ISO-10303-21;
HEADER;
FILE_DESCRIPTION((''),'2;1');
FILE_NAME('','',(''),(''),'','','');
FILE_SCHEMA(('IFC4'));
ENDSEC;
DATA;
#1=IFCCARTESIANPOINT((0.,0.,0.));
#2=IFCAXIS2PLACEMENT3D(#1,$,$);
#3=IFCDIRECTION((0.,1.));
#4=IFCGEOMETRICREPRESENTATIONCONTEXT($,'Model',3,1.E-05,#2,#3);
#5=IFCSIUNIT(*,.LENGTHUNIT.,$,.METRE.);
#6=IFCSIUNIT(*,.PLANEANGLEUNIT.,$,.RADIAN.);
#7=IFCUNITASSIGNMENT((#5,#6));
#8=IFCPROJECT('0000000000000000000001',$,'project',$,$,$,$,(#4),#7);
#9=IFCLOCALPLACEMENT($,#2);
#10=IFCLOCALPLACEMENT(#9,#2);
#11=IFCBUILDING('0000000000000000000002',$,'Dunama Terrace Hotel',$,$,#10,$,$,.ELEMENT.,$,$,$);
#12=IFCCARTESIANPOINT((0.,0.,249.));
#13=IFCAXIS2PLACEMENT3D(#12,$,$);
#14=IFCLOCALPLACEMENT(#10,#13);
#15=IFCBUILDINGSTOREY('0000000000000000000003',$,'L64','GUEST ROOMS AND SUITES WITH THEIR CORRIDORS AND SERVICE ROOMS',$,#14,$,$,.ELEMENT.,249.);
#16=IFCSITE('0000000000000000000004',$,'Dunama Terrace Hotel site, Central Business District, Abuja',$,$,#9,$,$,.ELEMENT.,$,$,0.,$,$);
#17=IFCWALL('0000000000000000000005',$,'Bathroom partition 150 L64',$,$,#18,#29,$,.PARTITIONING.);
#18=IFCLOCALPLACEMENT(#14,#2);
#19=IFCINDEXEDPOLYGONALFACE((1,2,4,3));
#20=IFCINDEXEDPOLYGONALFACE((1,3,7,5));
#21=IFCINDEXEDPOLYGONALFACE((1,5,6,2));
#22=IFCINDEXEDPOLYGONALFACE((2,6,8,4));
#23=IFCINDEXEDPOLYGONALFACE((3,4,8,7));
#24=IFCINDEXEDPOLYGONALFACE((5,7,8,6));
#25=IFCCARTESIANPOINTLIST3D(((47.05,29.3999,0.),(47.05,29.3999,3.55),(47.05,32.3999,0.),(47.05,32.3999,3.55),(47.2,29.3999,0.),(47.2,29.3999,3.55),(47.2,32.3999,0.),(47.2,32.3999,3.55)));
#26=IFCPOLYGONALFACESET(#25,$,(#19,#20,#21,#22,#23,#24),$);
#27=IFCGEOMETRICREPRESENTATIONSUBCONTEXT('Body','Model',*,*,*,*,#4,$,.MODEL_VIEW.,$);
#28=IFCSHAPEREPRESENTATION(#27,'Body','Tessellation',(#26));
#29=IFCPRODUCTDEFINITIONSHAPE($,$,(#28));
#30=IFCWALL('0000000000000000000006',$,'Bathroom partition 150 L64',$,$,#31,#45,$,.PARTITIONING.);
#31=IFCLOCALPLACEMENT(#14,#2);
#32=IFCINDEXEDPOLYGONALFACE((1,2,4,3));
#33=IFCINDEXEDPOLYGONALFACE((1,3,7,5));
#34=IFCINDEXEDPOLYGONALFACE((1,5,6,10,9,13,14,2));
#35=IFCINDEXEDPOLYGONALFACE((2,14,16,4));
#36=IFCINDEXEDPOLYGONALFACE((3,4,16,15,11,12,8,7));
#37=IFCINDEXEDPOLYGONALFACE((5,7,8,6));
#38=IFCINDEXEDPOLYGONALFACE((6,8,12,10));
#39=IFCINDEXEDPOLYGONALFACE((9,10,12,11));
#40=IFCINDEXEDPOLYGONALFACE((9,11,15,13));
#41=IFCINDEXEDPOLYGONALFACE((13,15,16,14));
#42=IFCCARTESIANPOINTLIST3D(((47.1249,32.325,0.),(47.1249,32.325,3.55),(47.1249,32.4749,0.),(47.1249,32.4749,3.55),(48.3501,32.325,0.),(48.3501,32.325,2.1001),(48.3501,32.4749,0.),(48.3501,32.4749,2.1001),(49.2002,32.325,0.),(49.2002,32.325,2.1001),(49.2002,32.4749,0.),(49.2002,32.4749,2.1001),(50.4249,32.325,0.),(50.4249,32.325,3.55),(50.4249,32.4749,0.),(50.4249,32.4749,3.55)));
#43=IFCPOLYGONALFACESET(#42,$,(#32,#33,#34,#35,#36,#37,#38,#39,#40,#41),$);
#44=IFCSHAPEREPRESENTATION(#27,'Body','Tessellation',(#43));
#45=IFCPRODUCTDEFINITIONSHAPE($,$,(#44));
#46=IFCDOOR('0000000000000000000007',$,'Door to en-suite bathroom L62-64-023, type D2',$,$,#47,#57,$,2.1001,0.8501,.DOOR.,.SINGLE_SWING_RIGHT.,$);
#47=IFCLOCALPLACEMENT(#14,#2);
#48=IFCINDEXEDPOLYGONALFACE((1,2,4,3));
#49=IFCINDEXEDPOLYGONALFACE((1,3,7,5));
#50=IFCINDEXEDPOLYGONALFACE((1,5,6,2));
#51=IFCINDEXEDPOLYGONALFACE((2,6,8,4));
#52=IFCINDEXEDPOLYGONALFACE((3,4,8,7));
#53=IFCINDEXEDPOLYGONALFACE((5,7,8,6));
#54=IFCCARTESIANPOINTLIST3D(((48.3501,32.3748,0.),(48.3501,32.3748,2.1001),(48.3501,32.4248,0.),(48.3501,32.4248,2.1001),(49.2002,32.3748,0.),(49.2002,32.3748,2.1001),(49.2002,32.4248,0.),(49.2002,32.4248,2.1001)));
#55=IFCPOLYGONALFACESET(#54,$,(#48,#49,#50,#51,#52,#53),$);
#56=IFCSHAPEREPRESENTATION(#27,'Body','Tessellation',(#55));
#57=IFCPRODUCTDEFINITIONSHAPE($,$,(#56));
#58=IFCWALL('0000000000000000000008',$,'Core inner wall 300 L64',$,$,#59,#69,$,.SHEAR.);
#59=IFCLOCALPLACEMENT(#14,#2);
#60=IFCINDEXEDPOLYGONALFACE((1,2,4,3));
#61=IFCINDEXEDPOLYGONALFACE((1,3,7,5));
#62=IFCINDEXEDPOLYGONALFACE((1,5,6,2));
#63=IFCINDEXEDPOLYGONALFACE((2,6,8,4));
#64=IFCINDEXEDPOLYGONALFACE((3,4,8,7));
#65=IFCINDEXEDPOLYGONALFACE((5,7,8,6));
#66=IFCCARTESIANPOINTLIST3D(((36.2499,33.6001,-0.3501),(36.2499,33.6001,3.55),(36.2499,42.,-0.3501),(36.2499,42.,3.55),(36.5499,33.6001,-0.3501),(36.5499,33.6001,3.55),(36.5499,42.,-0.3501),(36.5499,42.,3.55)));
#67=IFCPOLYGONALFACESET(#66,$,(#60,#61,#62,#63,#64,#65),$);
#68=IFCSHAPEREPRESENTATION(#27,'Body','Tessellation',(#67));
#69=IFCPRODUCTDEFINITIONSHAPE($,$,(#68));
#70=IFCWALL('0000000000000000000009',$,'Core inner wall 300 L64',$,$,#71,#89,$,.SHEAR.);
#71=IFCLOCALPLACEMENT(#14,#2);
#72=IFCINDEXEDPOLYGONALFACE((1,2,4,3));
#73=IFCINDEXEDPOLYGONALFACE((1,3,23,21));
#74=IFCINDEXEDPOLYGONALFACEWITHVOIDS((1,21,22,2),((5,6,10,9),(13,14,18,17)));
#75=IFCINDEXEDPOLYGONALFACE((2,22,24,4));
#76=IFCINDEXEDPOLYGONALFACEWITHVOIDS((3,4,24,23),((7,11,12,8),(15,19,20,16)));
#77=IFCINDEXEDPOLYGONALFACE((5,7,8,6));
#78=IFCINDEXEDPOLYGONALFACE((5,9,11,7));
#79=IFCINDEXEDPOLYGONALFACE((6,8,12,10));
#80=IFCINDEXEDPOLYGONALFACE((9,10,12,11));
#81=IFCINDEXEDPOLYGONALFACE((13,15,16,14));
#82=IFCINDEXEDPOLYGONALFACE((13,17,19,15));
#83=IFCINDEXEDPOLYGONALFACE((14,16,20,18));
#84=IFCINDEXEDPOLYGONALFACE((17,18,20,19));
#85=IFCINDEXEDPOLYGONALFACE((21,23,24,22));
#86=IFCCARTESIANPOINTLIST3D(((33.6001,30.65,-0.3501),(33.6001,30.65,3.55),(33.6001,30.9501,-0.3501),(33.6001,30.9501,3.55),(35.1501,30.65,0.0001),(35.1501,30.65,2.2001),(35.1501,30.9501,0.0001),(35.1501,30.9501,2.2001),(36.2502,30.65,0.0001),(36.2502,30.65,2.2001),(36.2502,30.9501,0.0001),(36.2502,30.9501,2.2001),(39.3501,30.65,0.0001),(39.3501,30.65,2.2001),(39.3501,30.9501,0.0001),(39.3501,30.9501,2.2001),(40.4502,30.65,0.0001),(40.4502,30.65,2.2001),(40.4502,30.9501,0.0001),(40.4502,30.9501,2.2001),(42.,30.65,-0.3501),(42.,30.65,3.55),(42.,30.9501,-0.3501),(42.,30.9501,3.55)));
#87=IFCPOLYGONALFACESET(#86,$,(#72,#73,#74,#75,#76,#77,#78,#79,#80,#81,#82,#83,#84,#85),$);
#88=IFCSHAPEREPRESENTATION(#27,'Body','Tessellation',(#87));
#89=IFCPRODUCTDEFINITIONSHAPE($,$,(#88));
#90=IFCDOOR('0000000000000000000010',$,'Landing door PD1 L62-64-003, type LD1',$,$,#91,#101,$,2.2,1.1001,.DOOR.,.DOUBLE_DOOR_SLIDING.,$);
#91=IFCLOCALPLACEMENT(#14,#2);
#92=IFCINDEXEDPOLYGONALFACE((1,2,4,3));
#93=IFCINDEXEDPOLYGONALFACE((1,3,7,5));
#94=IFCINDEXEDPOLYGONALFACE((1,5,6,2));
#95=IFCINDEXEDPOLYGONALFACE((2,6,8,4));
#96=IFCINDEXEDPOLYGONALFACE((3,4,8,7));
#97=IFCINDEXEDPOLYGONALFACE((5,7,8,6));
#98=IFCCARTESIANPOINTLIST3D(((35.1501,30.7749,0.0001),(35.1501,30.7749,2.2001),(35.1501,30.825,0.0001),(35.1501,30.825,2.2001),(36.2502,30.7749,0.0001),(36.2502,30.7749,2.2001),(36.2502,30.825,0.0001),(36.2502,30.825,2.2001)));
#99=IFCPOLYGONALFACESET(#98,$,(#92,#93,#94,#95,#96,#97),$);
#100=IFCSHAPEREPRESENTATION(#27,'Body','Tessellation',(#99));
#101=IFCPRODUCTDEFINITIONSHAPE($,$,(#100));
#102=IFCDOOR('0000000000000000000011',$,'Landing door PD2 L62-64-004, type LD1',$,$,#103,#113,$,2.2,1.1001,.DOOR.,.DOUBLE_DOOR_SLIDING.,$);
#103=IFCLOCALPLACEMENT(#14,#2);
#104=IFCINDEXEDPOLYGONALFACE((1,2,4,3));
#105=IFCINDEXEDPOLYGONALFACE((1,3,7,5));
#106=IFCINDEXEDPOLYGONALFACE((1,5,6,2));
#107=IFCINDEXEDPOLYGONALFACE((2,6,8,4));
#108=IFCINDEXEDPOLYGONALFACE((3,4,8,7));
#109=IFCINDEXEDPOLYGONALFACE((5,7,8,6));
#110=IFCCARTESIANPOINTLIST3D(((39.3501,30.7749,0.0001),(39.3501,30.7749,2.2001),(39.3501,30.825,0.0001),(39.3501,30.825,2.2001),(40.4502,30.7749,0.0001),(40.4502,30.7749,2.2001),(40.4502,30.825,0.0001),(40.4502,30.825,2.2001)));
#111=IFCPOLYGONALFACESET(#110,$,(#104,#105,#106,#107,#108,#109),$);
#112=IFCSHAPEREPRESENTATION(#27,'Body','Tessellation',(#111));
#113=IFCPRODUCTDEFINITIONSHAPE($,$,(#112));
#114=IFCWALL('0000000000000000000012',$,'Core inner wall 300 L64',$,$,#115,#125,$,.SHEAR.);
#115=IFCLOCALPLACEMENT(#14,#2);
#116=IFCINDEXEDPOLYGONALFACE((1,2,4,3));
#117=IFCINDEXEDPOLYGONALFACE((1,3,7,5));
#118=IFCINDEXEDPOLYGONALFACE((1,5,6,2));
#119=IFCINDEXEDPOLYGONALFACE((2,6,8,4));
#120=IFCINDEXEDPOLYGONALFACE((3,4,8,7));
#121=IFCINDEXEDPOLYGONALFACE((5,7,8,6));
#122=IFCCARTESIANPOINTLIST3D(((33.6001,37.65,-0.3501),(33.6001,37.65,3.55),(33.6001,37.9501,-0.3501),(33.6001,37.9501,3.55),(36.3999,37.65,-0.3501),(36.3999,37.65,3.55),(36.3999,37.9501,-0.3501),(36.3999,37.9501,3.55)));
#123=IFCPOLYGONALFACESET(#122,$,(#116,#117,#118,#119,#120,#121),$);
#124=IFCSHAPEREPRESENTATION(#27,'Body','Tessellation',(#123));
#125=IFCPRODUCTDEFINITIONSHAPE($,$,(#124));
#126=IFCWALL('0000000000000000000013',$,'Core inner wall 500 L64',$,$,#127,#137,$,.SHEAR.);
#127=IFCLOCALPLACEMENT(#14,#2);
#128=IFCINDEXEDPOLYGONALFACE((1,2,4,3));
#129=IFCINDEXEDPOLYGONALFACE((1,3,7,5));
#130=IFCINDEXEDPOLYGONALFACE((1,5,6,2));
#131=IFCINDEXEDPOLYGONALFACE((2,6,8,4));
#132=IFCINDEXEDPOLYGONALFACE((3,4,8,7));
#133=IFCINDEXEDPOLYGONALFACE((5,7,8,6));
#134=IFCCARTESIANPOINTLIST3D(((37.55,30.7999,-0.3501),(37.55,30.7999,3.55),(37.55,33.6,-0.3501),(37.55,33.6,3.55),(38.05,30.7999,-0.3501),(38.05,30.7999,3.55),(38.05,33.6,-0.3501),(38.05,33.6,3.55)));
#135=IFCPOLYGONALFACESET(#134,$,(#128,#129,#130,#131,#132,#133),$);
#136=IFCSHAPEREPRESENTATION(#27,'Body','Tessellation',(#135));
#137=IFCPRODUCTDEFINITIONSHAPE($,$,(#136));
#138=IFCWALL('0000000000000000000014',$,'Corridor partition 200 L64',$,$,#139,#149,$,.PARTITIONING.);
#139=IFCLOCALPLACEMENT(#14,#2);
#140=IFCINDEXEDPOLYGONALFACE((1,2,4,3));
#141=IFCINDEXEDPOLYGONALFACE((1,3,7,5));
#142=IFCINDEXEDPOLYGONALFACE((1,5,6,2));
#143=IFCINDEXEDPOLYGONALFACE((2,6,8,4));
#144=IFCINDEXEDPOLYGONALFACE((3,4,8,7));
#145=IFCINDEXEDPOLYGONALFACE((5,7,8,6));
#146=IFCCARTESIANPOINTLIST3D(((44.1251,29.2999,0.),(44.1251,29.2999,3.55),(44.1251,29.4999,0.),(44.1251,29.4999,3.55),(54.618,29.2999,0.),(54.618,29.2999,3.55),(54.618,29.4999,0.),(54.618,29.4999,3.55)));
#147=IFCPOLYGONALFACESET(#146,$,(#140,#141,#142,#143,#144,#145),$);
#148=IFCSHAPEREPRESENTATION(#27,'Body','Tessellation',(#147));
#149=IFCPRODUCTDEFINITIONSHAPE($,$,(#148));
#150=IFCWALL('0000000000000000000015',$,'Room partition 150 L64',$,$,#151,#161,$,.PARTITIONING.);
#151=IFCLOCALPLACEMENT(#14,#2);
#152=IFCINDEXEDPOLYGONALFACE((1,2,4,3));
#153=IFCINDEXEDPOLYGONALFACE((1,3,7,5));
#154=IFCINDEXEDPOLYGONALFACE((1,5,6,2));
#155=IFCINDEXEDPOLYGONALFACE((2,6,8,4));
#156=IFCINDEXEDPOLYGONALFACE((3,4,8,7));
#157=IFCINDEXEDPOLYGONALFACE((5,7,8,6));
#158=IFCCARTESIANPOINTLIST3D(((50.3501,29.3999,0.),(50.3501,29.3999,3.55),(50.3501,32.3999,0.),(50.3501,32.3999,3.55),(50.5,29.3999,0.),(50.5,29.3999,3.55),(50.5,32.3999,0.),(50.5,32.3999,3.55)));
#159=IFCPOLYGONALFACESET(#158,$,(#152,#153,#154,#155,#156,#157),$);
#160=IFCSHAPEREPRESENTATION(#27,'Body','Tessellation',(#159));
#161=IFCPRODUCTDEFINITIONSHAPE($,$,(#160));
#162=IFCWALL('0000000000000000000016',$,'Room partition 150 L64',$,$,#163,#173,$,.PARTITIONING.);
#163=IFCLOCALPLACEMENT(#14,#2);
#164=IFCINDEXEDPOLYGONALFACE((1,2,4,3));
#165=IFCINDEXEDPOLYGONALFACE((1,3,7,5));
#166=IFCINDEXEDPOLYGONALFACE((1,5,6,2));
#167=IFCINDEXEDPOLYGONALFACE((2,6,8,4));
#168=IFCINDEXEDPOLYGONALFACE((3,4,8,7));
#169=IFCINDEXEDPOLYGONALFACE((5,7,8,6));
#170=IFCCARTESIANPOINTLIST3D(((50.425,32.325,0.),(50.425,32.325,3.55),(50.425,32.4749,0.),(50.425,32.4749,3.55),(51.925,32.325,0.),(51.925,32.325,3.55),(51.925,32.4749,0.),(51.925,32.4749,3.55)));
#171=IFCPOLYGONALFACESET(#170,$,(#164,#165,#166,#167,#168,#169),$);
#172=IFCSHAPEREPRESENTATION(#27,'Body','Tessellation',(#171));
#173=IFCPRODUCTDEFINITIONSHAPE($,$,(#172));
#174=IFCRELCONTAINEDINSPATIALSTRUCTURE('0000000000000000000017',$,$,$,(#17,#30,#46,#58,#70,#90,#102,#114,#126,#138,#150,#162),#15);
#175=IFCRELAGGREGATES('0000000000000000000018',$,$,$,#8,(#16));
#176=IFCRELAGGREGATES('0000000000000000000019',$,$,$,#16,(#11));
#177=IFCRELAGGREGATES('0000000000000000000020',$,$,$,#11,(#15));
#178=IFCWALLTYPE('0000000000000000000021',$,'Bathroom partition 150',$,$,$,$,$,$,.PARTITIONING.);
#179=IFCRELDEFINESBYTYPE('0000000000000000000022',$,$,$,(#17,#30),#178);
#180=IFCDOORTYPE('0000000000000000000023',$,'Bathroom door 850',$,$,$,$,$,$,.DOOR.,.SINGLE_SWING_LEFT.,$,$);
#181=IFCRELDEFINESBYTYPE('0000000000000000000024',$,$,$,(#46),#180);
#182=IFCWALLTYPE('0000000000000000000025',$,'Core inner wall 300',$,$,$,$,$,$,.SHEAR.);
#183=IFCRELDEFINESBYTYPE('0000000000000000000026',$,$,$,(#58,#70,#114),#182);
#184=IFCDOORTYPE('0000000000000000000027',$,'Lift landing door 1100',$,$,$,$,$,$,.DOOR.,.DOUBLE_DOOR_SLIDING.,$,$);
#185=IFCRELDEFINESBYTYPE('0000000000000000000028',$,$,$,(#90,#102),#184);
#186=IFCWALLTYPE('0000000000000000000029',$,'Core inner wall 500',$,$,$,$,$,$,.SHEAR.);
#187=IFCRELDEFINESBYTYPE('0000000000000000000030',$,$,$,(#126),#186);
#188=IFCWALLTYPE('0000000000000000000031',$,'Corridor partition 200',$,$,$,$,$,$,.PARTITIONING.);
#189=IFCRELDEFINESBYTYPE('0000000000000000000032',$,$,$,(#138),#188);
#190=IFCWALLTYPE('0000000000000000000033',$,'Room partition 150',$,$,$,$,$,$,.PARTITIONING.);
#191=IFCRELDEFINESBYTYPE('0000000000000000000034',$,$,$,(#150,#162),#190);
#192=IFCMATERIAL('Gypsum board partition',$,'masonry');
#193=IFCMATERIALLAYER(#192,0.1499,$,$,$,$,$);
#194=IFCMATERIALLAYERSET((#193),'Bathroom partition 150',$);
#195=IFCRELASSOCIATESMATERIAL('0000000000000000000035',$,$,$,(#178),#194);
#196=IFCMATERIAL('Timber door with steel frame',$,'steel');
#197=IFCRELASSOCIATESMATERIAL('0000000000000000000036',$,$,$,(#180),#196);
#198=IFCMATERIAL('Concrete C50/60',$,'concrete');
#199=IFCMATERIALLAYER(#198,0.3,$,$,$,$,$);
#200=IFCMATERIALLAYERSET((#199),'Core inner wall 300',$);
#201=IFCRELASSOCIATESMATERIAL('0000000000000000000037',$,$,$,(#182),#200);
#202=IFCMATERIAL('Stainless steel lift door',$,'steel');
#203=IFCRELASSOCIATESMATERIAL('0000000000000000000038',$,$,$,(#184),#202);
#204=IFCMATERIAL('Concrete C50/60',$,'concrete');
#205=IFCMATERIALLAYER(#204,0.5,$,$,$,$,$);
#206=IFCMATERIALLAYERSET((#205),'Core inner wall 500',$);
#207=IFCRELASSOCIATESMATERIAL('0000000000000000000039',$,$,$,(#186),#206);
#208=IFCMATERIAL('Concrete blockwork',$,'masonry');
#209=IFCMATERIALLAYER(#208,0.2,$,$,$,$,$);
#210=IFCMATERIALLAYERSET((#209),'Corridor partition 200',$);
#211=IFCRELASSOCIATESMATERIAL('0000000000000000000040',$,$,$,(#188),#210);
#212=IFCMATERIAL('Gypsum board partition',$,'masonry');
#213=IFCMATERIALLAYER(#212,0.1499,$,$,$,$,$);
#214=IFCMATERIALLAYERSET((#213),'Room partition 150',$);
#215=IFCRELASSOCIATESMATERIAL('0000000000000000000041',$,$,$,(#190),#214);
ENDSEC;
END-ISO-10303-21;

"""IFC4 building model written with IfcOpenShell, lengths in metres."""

from ifc_helpers import new_model, si_unit, direction, frame, frame_2d, origin, place, context, subcontext, project, spatial, rectangle, extrude, material, layer, layer_set, type_object, element, fill, save


model = new_model("IFC4")

# Units and contexts
model_context = context("Model", 3, precision=1e-05, world=origin(), true_north=direction((0.0, 1.0)))
body_context = subcontext(model_context, "Body", "Model", "MODEL_VIEW")
ifc_project = project(units=[si_unit("LENGTHUNIT", "METRE"), si_unit("PLANEANGLEUNIT", "RADIAN")], contexts=[model_context])

# Site, building, storey
site_placement = place(None, origin())
site = spatial("IfcSite", under=ifc_project, at=site_placement, Name="Dunama Terrace Hotel site, Central Business District, Abuja", CompositionType="ELEMENT", RefElevation=0.0)
building_placement = place(site_placement, origin())
building = spatial("IfcBuilding", under=site, at=building_placement, Name="Dunama Terrace Hotel", CompositionType="ELEMENT")
storey_placement = place(building_placement, frame((0.0, 0.0, 249.0)))
storey = spatial("IfcBuildingStorey", under=building, at=storey_placement, Name="L64", Description="GUEST ROOMS AND SUITES WITH THEIR CORRIDORS AND SERVICE ROOMS", CompositionType="ELEMENT", Elevation=249.0)

# Wall
ifc_material_1 = material(Name="Gypsum board partition", Category="masonry")
ifc_layer_1 = layer(ifc_material_1, 0.1499)
ifc_layer_set_1 = layer_set([ifc_layer_1], Name="Bathroom partition 150")
wall_type_1 = type_object("IfcWallType", Name="Bathroom partition 150", PredefinedType="PARTITIONING", material=ifc_layer_set_1)
wall_1_placement = place(storey_placement, frame((47.125, 29.3999, 0.0), z_axis=(0.0, 0.0, 1.0), x_axis=(0.0, 1.0, 0.0)))
element("IfcWall", 1, at=wall_1_placement, inside=storey, type_object=wall_type_1, Name="Bathroom partition 150 L64", PredefinedType="PARTITIONING", context=body_context, shape_type="SweptSolid", body=[
    extrude(rectangle(XDim=3.0, YDim=0.1499, at=frame_2d((1.5, 0.0))), origin(), (0.0, 0.0, 1.0), 3.55),
])

# Wall, opening, door
wall_2_placement = place(storey_placement, frame((47.125, 32.3999, 0.0), z_axis=(0.0, 0.0, 1.0), x_axis=(1.0, 0.0, 0.0)))
wall_2 = element("IfcWall", 2, at=wall_2_placement, inside=storey, type_object=wall_type_1, Name="Bathroom partition 150 L64", PredefinedType="PARTITIONING", context=body_context, shape_type="SweptSolid", body=[
    extrude(rectangle(XDim=3.3, YDim=0.1499, at=frame_2d((1.6499, 0.0))), origin(), (0.0, 0.0, 1.0), 3.55),
])
opening_1_placement = place(wall_2_placement, frame((1.2251, 0.0, 0.0)))
opening_1 = element("IfcOpeningElement", 3, at=opening_1_placement, cuts=wall_2, PredefinedType="OPENING", context=body_context, shape_type="SweptSolid", body=[
    extrude(rectangle(XDim=0.8501, YDim=2.1001, at=frame_2d((0.425, 1.05))), frame((0.0, 0.085, 0.0), z_axis=(0.0, -1.0, 0.0), x_axis=(1.0, 0.0, 0.0)), (0.0, 0.0, 1.0), 0.1699),
])
ifc_material_2 = material(Name="Timber door with steel frame", Category="steel")
door_type_1 = type_object("IfcDoorType", Name="Bathroom door 850", OperationType="SINGLE_SWING_LEFT", PredefinedType="DOOR", material=ifc_material_2)
door_1_placement = place(opening_1_placement, frame((0.8501, 0.0, 0.0), z_axis=(0.0, 0.0, 1.0), x_axis=(-1.0, 0.0, 0.0)))
door_1 = element("IfcDoor", 4, at=door_1_placement, inside=storey, type_object=door_type_1, Name="Door to en-suite bathroom L62-64-023, type D2", OperationType="SINGLE_SWING_RIGHT", OverallHeight=2.1001, OverallWidth=0.8501, PredefinedType="DOOR", context=body_context, shape_type="SweptSolid", body=[
    extrude(rectangle(XDim=0.8501, YDim=2.1001, at=frame_2d((0.425, 1.05))), frame((0.0, 0.0251, 0.0), z_axis=(0.0, -1.0, 0.0), x_axis=(1.0, 0.0, 0.0)), (0.0, 0.0, 1.0), 0.05),
])
fill(opening_1, door_1)

# Wall
ifc_material_3 = material(Name="Concrete C50/60", Category="concrete")
ifc_layer_2 = layer(ifc_material_3, 0.3)
ifc_layer_set_2 = layer_set([ifc_layer_2], Name="Core inner wall 300")
wall_type_2 = type_object("IfcWallType", Name="Core inner wall 300", PredefinedType="SHEAR", material=ifc_layer_set_2)
wall_3_placement = place(storey_placement, frame((36.3999, 33.6001, -0.3501), z_axis=(0.0, 0.0, 1.0), x_axis=(0.0, 1.0, 0.0)))
element("IfcWall", 5, at=wall_3_placement, inside=storey, type_object=wall_type_2, Name="Core inner wall 300 L64", PredefinedType="SHEAR", context=body_context, shape_type="SweptSolid", body=[
    extrude(rectangle(XDim=8.3999, YDim=0.3, at=frame_2d((4.2, 0.0))), origin(), (0.0, 0.0, 1.0), 3.9001),
])

# Wall, openings, doors
wall_4_placement = place(storey_placement, frame((33.6001, 30.8, -0.3501), z_axis=(0.0, 0.0, 1.0), x_axis=(1.0, 0.0, 0.0)))
wall_4 = element("IfcWall", 6, at=wall_4_placement, inside=storey, type_object=wall_type_2, Name="Core inner wall 300 L64", PredefinedType="SHEAR", context=body_context, shape_type="SweptSolid", body=[
    extrude(rectangle(XDim=8.3999, YDim=0.3, at=frame_2d((4.2, 0.0))), origin(), (0.0, 0.0, 1.0), 3.9001),
])
opening_2_placement = place(wall_4_placement, frame((1.55, 0.0, 0.3501)))
opening_2 = element("IfcOpeningElement", 7, at=opening_2_placement, cuts=wall_4, PredefinedType="OPENING", context=body_context, shape_type="SweptSolid", body=[
    extrude(rectangle(XDim=1.1001, YDim=2.2, at=frame_2d((0.55, 1.1001))), frame((0.0, 0.1599, 0.0), z_axis=(0.0, -1.0, 0.0), x_axis=(1.0, 0.0, 0.0)), (0.0, 0.0, 1.0), 0.3201),
])
opening_3_placement = place(wall_4_placement, frame((5.75, 0.0, 0.3501)))
opening_3 = element("IfcOpeningElement", 8, at=opening_3_placement, cuts=wall_4, PredefinedType="OPENING", context=body_context, shape_type="SweptSolid", body=[
    extrude(rectangle(XDim=1.1001, YDim=2.2, at=frame_2d((0.55, 1.1001))), frame((0.0, 0.1599, 0.0), z_axis=(0.0, -1.0, 0.0), x_axis=(1.0, 0.0, 0.0)), (0.0, 0.0, 1.0), 0.3201),
])
ifc_material_4 = material(Name="Stainless steel lift door", Category="steel")
door_type_2 = type_object("IfcDoorType", Name="Lift landing door 1100", OperationType="DOUBLE_DOOR_SLIDING", PredefinedType="DOOR", material=ifc_material_4)
door_2_placement = place(opening_2_placement, origin())
door_2 = element("IfcDoor", 9, at=door_2_placement, inside=storey, type_object=door_type_2, Name="Landing door PD1 L62-64-003, type LD1", OperationType="DOUBLE_DOOR_SLIDING", OverallHeight=2.2, OverallWidth=1.1001, PredefinedType="DOOR", context=body_context, shape_type="SweptSolid", body=[
    extrude(rectangle(XDim=1.1001, YDim=2.2, at=frame_2d((0.55, 1.1001))), frame((0.0, 0.0249, 0.0), z_axis=(0.0, -1.0, 0.0), x_axis=(1.0, 0.0, 0.0)), (0.0, 0.0, 1.0), 0.05),
])
fill(opening_2, door_2)
door_3_placement = place(opening_3_placement, origin())
door_3 = element("IfcDoor", 10, at=door_3_placement, inside=storey, type_object=door_type_2, Name="Landing door PD2 L62-64-004, type LD1", OperationType="DOUBLE_DOOR_SLIDING", OverallHeight=2.2, OverallWidth=1.1001, PredefinedType="DOOR", context=body_context, shape_type="SweptSolid", body=[
    extrude(rectangle(XDim=1.1001, YDim=2.2, at=frame_2d((0.55, 1.1001))), frame((0.0, 0.0249, 0.0), z_axis=(0.0, -1.0, 0.0), x_axis=(1.0, 0.0, 0.0)), (0.0, 0.0, 1.0), 0.05),
])
fill(opening_3, door_3)

# Walls
wall_5_placement = place(storey_placement, frame((33.6001, 37.8, -0.3501), z_axis=(0.0, 0.0, 1.0), x_axis=(1.0, 0.0, 0.0)))
element("IfcWall", 11, at=wall_5_placement, inside=storey, type_object=wall_type_2, Name="Core inner wall 300 L64", PredefinedType="SHEAR", context=body_context, shape_type="SweptSolid", body=[
    extrude(rectangle(XDim=2.7998, YDim=0.3, at=frame_2d((1.3999, 0.0))), origin(), (0.0, 0.0, 1.0), 3.9001),
])
ifc_material_5 = material(Name="Concrete C50/60", Category="concrete")
ifc_layer_3 = layer(ifc_material_5, 0.5)
ifc_layer_set_3 = layer_set([ifc_layer_3], Name="Core inner wall 500")
wall_type_3 = type_object("IfcWallType", Name="Core inner wall 500", PredefinedType="SHEAR", material=ifc_layer_set_3)
wall_6_placement = place(storey_placement, frame((37.8, 30.8, -0.3501), z_axis=(0.0, 0.0, 1.0), x_axis=(0.0, 1.0, 0.0)))
element("IfcWall", 12, at=wall_6_placement, inside=storey, type_object=wall_type_3, Name="Core inner wall 500 L64", PredefinedType="SHEAR", context=body_context, shape_type="SweptSolid", body=[
    extrude(rectangle(XDim=2.8, YDim=0.5, at=frame_2d((1.3999, 0.0))), origin(), (0.0, 0.0, 1.0), 3.9001),
])
ifc_material_6 = material(Name="Concrete blockwork", Category="masonry")
ifc_layer_4 = layer(ifc_material_6, 0.2)
ifc_layer_set_4 = layer_set([ifc_layer_4], Name="Corridor partition 200")
wall_type_4 = type_object("IfcWallType", Name="Corridor partition 200", PredefinedType="PARTITIONING", material=ifc_layer_set_4)
wall_7_placement = place(storey_placement, frame((44.125, 29.3999, 0.0), z_axis=(0.0, 0.0, 1.0), x_axis=(1.0, 0.0, 0.0)))
element("IfcWall", 13, at=wall_7_placement, inside=storey, type_object=wall_type_4, Name="Corridor partition 200 L64", PredefinedType="PARTITIONING", context=body_context, shape_type="SweptSolid", body=[
    extrude(rectangle(XDim=10.4929, YDim=0.2, at=frame_2d((5.2466, 0.0))), origin(), (0.0, 0.0, 1.0), 3.55),
])
ifc_material_7 = material(Name="Gypsum board partition", Category="masonry")
ifc_layer_5 = layer(ifc_material_7, 0.1499)
ifc_layer_set_5 = layer_set([ifc_layer_5], Name="Room partition 150")
wall_type_5 = type_object("IfcWallType", Name="Room partition 150", PredefinedType="PARTITIONING", material=ifc_layer_set_5)
wall_8_placement = place(storey_placement, frame((50.425, 29.3999, 0.0), z_axis=(0.0, 0.0, 1.0), x_axis=(0.0, 1.0, 0.0)))
element("IfcWall", 14, at=wall_8_placement, inside=storey, type_object=wall_type_5, Name="Room partition 150 L64", PredefinedType="PARTITIONING", context=body_context, shape_type="SweptSolid", body=[
    extrude(rectangle(XDim=3.0, YDim=0.1499, at=frame_2d((1.5, 0.0))), origin(), (0.0, 0.0, 1.0), 3.55),
])
wall_9_placement = place(storey_placement, frame((50.425, 32.3999, 0.0), z_axis=(0.0, 0.0, 1.0), x_axis=(1.0, 0.0, 0.0)))
element("IfcWall", 15, at=wall_9_placement, inside=storey, type_object=wall_type_5, Name="Room partition 150 L64", PredefinedType="PARTITIONING", context=body_context, shape_type="SweptSolid", body=[
    extrude(rectangle(XDim=1.5, YDim=0.1499, at=frame_2d((0.75, 0.0))), origin(), (0.0, 0.0, 1.0), 3.55),
])

save(model, "model.ifc")
